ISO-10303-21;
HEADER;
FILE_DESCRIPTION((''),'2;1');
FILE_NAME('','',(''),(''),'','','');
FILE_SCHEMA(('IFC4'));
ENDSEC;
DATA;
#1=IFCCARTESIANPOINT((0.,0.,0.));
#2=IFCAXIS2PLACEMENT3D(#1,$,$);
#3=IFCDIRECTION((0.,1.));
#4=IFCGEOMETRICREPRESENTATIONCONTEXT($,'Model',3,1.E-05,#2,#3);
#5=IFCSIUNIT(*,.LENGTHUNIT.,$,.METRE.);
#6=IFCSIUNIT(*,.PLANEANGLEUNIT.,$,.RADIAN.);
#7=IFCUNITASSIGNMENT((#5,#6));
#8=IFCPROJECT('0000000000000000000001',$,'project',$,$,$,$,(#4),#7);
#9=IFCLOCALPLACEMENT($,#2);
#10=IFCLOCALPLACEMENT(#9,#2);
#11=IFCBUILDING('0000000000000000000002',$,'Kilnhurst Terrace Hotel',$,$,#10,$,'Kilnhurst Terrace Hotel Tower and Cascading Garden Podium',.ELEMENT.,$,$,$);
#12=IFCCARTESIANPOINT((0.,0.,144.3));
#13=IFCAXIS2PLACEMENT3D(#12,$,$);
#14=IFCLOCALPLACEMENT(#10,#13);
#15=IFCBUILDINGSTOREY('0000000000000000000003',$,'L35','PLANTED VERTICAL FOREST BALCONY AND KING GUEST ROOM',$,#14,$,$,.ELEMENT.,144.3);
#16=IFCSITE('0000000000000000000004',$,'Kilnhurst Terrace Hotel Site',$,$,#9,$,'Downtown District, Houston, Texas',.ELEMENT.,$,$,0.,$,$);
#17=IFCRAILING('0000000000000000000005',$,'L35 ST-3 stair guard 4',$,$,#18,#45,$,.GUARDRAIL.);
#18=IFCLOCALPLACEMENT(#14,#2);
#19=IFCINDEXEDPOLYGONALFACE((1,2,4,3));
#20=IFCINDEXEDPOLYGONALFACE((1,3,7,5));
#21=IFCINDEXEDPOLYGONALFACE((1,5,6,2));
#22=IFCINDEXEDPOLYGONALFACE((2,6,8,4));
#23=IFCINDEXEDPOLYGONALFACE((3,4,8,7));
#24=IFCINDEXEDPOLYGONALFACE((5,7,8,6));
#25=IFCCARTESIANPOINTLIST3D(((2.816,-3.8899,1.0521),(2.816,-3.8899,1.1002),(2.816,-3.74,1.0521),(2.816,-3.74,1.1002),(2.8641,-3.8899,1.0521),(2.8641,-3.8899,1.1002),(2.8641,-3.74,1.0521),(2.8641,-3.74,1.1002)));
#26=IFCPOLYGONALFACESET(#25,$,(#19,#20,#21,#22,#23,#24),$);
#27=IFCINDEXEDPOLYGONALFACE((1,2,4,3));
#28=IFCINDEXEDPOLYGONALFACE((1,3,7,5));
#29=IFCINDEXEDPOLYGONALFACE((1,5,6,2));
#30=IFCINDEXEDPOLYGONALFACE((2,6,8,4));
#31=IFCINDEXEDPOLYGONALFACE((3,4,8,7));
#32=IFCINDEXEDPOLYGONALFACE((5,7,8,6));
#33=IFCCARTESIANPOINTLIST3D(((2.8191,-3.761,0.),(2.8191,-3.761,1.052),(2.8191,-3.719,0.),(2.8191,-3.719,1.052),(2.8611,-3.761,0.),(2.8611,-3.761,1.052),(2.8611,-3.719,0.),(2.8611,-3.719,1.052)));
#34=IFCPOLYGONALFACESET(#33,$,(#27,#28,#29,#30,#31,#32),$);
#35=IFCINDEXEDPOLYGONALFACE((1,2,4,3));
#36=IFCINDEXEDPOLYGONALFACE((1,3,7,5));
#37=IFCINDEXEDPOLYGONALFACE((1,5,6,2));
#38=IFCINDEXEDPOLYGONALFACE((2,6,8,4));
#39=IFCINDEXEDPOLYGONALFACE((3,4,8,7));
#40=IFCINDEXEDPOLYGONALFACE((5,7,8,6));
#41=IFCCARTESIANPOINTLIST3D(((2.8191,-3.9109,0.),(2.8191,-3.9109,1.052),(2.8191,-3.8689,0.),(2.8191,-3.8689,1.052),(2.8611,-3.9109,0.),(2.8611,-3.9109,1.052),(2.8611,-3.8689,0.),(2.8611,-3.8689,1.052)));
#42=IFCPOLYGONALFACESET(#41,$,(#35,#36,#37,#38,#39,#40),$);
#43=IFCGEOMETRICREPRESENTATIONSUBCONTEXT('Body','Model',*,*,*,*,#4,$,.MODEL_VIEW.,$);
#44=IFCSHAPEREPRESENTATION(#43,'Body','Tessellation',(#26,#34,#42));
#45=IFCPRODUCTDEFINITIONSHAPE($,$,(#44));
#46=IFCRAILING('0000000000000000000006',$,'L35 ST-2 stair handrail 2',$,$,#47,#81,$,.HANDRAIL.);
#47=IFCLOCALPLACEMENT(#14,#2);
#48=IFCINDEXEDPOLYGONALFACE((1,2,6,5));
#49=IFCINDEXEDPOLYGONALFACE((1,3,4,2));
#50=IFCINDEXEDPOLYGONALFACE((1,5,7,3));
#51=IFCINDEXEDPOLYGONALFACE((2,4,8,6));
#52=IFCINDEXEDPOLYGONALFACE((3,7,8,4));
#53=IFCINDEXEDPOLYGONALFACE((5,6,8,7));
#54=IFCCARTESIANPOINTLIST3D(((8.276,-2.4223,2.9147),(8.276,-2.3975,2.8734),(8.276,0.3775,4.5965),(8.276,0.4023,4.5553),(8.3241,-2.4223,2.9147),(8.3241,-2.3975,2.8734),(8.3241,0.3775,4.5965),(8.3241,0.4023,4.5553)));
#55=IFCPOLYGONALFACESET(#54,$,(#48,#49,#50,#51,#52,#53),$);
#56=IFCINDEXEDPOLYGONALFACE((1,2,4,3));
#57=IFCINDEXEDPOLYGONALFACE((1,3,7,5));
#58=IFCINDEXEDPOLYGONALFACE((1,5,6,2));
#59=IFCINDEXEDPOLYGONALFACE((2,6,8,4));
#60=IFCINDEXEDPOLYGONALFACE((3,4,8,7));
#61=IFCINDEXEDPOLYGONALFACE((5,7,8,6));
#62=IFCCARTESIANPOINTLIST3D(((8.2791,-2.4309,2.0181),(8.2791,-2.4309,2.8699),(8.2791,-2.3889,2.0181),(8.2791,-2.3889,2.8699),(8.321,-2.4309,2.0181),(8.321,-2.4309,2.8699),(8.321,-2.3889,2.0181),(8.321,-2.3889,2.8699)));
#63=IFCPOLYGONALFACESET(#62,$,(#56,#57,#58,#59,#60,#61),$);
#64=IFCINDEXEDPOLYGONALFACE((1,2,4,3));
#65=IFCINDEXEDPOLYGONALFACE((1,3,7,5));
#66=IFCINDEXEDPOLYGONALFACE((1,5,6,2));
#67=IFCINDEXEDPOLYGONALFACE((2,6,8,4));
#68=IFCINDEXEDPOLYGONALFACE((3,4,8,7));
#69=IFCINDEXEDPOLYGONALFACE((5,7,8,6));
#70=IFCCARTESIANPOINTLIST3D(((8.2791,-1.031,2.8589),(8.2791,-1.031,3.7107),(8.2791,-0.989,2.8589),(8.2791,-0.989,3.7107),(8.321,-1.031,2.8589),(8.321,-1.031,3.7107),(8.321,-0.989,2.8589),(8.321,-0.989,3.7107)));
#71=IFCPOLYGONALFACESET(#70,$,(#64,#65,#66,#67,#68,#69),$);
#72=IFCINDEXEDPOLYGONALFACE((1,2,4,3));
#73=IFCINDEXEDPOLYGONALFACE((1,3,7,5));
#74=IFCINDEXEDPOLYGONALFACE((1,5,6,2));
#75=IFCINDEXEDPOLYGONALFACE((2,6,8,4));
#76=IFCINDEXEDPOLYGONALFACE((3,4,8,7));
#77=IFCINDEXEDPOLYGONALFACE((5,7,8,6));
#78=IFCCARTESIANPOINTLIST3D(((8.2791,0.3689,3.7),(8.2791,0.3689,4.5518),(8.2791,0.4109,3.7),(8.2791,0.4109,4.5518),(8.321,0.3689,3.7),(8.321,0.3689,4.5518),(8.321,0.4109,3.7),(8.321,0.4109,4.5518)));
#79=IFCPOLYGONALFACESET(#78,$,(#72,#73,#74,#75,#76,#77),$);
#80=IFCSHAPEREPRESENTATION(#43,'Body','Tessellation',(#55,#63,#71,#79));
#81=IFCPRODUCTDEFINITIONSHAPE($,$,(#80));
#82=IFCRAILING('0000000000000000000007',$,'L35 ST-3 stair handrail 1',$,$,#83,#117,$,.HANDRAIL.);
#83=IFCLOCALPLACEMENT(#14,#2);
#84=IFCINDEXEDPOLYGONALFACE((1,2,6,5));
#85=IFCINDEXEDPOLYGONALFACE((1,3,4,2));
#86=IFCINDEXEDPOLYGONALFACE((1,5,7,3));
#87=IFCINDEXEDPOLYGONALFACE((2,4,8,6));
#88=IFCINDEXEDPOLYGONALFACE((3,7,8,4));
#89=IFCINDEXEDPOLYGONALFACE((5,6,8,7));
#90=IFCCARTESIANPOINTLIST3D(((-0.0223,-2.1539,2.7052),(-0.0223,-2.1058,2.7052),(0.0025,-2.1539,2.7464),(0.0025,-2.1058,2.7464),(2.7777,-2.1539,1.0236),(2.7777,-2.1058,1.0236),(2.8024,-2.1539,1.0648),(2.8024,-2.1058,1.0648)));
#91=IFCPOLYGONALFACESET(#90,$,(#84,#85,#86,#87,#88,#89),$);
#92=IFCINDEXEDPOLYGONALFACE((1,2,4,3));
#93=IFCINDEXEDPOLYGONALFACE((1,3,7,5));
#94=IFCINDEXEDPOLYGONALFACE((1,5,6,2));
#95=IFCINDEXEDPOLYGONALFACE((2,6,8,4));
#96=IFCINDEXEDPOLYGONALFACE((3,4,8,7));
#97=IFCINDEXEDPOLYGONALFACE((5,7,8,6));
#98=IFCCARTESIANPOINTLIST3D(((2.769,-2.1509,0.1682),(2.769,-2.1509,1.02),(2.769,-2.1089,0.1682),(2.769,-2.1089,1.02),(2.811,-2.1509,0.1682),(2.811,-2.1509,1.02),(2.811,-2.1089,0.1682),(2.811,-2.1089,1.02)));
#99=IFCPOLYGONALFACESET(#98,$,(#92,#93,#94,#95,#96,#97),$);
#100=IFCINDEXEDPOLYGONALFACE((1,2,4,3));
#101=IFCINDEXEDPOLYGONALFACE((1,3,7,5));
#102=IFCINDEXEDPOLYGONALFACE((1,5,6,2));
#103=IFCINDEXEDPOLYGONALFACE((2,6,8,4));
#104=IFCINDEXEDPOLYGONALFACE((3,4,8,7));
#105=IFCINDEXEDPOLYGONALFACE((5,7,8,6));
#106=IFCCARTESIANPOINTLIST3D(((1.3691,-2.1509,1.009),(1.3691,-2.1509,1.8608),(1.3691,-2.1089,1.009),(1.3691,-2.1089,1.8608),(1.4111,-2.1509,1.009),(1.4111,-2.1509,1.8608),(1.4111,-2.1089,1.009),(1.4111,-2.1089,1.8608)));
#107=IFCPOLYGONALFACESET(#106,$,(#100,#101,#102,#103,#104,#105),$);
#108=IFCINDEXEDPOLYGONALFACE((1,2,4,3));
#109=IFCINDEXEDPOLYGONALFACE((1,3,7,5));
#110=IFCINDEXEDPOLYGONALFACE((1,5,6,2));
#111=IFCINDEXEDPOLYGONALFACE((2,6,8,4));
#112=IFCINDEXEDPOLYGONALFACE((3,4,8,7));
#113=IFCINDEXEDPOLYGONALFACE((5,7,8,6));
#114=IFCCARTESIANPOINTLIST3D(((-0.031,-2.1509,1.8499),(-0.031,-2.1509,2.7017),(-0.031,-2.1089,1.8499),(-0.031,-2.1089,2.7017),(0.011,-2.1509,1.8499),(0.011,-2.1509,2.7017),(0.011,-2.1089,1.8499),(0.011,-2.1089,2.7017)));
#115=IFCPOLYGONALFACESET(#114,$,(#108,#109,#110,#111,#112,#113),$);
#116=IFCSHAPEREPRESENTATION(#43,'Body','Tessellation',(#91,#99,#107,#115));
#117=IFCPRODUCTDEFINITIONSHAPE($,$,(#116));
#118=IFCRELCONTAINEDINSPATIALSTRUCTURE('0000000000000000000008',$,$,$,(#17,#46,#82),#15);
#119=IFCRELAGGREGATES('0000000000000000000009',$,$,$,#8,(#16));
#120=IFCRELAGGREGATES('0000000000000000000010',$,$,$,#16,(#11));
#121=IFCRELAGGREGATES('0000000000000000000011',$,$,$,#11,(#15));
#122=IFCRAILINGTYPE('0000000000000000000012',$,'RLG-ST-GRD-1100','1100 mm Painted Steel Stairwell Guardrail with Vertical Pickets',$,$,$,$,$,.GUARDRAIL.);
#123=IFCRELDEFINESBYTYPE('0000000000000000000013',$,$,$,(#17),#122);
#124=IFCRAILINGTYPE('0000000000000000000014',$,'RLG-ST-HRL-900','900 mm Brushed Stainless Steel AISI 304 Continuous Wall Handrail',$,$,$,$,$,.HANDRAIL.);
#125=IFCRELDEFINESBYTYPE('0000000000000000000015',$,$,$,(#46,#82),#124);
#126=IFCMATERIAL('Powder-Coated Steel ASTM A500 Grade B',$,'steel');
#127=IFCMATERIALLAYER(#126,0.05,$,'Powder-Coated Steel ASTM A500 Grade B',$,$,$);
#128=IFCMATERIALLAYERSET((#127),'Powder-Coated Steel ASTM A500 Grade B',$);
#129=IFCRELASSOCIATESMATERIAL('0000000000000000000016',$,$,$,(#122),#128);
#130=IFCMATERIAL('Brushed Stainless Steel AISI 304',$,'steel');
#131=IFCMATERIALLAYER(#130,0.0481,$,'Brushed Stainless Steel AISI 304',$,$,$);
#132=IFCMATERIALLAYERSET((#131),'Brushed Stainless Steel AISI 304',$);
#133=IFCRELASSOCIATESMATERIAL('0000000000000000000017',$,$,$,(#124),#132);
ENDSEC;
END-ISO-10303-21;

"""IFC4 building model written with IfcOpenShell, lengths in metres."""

from ifc_helpers import new_model, si_unit, direction, frame, origin, origin_2d, place, context, subcontext, project, spatial, rectangle, extrude, material, layer, layer_set, type_object, element, save


model = new_model("IFC4")

# Units and contexts
model_context = context("Model", 3, precision=1e-05, world=origin(), true_north=direction((0.0, 1.0)))
body_context = subcontext(model_context, "Body", "Model", "MODEL_VIEW")
ifc_project = project(units=[si_unit("LENGTHUNIT", "METRE"), si_unit("PLANEANGLEUNIT", "RADIAN")], contexts=[model_context])

# Site, building, storey
site_placement = place(None, origin())
site = spatial("IfcSite", under=ifc_project, at=site_placement, Name="Kilnhurst Terrace Hotel Site", LongName="Downtown District, Houston, Texas", CompositionType="ELEMENT", RefElevation=0.0)
building_placement = place(site_placement, origin())
building = spatial("IfcBuilding", under=site, at=building_placement, Name="Kilnhurst Terrace Hotel", LongName="Kilnhurst Terrace Hotel Tower and Cascading Garden Podium", CompositionType="ELEMENT")
storey_placement = place(building_placement, frame((0.0, 0.0, 144.3)))
storey = spatial("IfcBuildingStorey", under=building, at=storey_placement, Name="L35", Description="PLANTED VERTICAL FOREST BALCONY AND KING GUEST ROOM", CompositionType="ELEMENT", Elevation=144.3)

# Railings
ifc_material_1 = material(Name="Powder-Coated Steel ASTM A500 Grade B", Category="steel")
ifc_layer_1 = layer(ifc_material_1, 0.05, Name="Powder-Coated Steel ASTM A500 Grade B")
ifc_layer_set_1 = layer_set([ifc_layer_1], Name="Powder-Coated Steel ASTM A500 Grade B")
railing_type_1 = type_object("IfcRailingType", Name="RLG-ST-GRD-1100", Description="1100 mm Painted Steel Stairwell Guardrail with Vertical Pickets", PredefinedType="GUARDRAIL", material=ifc_layer_set_1)
railing_1_placement = place(storey_placement, frame((2.8401, -3.74, 0.0)))
element("IfcRailing", 1, at=railing_1_placement, inside=storey, type_object=railing_type_1, Name="L35 ST-3 stair guard 4", PredefinedType="GUARDRAIL", context=body_context, shape_type="SweptSolid", body=[
    extrude(rectangle(XDim=0.0481, YDim=0.0481, at=origin_2d()), frame((0.0, 0.0, 1.0762), z_axis=(0.0, -1.0, 0.0), x_axis=(1.0, 0.0, 0.0)), (0.0, 0.0, 1.0), 0.1499),
    extrude(rectangle(XDim=0.042, YDim=0.042, at=origin_2d()), origin(), (0.0, 0.0, 1.0), 1.052),
    extrude(rectangle(XDim=0.042, YDim=0.042, at=origin_2d()), frame((0.0, -0.1499, 0.0)), (0.0, 0.0, 1.0), 1.052),
])
ifc_material_2 = material(Name="Brushed Stainless Steel AISI 304", Category="steel")
ifc_layer_2 = layer(ifc_material_2, 0.0481, Name="Brushed Stainless Steel AISI 304")
ifc_layer_set_2 = layer_set([ifc_layer_2], Name="Brushed Stainless Steel AISI 304")
railing_type_2 = type_object("IfcRailingType", Name="RLG-ST-HRL-900", Description="900 mm Brushed Stainless Steel AISI 304 Continuous Wall Handrail", PredefinedType="HANDRAIL", material=ifc_layer_set_2)
railing_2_placement = place(storey_placement, frame((8.3, -2.4099, 2.0181)))
element("IfcRailing", 2, at=railing_2_placement, inside=storey, type_object=railing_type_2, Name="L35 ST-2 stair handrail 2", PredefinedType="HANDRAIL", context=body_context, shape_type="SweptSolid", body=[
    extrude(rectangle(XDim=0.0481, YDim=0.0481, at=origin_2d()), frame((0.0, 0.0, 0.876), z_axis=(0.0, 0.857222, 0.514946), x_axis=(-1.0, 0.0, 0.0)), (0.0, 0.0, 1.0), 3.2661),
    extrude(rectangle(XDim=0.042, YDim=0.042, at=origin_2d()), origin(), (0.0, 0.0, 1.0), 0.8518),
    extrude(rectangle(XDim=0.042, YDim=0.042, at=origin_2d()), frame((0.0, 1.3999, 0.8408)), (0.0, 0.0, 1.0), 0.8518),
    extrude(rectangle(XDim=0.042, YDim=0.042, at=origin_2d()), frame((0.0, 2.7998, 1.6819)), (0.0, 0.0, 1.0), 0.8518),
])
railing_3_placement = place(storey_placement, frame((2.79, -2.1299, 0.1682)))
element("IfcRailing", 3, at=railing_3_placement, inside=storey, type_object=railing_type_2, Name="L35 ST-3 stair handrail 1", PredefinedType="HANDRAIL", context=body_context, shape_type="SweptSolid", body=[
    extrude(rectangle(XDim=0.0481, YDim=0.0481, at=origin_2d()), frame((0.0, 0.0, 0.876), z_axis=(-0.857275, 0.0, 0.514858), x_axis=(0.0, -1.0, 0.0)), (0.0, 0.0, 1.0), 3.2661),
    extrude(rectangle(XDim=0.042, YDim=0.042, at=origin_2d()), origin(), (0.0, 0.0, 1.0), 0.8518),
    extrude(rectangle(XDim=0.042, YDim=0.042, at=origin_2d()), frame((-1.3999, 0.0, 0.8408)), (0.0, 0.0, 1.0), 0.8518),
    extrude(rectangle(XDim=0.042, YDim=0.042, at=origin_2d()), frame((-2.8, 0.0, 1.6816)), (0.0, 0.0, 1.0), 0.8518),
])

save(model, "model.ifc")
